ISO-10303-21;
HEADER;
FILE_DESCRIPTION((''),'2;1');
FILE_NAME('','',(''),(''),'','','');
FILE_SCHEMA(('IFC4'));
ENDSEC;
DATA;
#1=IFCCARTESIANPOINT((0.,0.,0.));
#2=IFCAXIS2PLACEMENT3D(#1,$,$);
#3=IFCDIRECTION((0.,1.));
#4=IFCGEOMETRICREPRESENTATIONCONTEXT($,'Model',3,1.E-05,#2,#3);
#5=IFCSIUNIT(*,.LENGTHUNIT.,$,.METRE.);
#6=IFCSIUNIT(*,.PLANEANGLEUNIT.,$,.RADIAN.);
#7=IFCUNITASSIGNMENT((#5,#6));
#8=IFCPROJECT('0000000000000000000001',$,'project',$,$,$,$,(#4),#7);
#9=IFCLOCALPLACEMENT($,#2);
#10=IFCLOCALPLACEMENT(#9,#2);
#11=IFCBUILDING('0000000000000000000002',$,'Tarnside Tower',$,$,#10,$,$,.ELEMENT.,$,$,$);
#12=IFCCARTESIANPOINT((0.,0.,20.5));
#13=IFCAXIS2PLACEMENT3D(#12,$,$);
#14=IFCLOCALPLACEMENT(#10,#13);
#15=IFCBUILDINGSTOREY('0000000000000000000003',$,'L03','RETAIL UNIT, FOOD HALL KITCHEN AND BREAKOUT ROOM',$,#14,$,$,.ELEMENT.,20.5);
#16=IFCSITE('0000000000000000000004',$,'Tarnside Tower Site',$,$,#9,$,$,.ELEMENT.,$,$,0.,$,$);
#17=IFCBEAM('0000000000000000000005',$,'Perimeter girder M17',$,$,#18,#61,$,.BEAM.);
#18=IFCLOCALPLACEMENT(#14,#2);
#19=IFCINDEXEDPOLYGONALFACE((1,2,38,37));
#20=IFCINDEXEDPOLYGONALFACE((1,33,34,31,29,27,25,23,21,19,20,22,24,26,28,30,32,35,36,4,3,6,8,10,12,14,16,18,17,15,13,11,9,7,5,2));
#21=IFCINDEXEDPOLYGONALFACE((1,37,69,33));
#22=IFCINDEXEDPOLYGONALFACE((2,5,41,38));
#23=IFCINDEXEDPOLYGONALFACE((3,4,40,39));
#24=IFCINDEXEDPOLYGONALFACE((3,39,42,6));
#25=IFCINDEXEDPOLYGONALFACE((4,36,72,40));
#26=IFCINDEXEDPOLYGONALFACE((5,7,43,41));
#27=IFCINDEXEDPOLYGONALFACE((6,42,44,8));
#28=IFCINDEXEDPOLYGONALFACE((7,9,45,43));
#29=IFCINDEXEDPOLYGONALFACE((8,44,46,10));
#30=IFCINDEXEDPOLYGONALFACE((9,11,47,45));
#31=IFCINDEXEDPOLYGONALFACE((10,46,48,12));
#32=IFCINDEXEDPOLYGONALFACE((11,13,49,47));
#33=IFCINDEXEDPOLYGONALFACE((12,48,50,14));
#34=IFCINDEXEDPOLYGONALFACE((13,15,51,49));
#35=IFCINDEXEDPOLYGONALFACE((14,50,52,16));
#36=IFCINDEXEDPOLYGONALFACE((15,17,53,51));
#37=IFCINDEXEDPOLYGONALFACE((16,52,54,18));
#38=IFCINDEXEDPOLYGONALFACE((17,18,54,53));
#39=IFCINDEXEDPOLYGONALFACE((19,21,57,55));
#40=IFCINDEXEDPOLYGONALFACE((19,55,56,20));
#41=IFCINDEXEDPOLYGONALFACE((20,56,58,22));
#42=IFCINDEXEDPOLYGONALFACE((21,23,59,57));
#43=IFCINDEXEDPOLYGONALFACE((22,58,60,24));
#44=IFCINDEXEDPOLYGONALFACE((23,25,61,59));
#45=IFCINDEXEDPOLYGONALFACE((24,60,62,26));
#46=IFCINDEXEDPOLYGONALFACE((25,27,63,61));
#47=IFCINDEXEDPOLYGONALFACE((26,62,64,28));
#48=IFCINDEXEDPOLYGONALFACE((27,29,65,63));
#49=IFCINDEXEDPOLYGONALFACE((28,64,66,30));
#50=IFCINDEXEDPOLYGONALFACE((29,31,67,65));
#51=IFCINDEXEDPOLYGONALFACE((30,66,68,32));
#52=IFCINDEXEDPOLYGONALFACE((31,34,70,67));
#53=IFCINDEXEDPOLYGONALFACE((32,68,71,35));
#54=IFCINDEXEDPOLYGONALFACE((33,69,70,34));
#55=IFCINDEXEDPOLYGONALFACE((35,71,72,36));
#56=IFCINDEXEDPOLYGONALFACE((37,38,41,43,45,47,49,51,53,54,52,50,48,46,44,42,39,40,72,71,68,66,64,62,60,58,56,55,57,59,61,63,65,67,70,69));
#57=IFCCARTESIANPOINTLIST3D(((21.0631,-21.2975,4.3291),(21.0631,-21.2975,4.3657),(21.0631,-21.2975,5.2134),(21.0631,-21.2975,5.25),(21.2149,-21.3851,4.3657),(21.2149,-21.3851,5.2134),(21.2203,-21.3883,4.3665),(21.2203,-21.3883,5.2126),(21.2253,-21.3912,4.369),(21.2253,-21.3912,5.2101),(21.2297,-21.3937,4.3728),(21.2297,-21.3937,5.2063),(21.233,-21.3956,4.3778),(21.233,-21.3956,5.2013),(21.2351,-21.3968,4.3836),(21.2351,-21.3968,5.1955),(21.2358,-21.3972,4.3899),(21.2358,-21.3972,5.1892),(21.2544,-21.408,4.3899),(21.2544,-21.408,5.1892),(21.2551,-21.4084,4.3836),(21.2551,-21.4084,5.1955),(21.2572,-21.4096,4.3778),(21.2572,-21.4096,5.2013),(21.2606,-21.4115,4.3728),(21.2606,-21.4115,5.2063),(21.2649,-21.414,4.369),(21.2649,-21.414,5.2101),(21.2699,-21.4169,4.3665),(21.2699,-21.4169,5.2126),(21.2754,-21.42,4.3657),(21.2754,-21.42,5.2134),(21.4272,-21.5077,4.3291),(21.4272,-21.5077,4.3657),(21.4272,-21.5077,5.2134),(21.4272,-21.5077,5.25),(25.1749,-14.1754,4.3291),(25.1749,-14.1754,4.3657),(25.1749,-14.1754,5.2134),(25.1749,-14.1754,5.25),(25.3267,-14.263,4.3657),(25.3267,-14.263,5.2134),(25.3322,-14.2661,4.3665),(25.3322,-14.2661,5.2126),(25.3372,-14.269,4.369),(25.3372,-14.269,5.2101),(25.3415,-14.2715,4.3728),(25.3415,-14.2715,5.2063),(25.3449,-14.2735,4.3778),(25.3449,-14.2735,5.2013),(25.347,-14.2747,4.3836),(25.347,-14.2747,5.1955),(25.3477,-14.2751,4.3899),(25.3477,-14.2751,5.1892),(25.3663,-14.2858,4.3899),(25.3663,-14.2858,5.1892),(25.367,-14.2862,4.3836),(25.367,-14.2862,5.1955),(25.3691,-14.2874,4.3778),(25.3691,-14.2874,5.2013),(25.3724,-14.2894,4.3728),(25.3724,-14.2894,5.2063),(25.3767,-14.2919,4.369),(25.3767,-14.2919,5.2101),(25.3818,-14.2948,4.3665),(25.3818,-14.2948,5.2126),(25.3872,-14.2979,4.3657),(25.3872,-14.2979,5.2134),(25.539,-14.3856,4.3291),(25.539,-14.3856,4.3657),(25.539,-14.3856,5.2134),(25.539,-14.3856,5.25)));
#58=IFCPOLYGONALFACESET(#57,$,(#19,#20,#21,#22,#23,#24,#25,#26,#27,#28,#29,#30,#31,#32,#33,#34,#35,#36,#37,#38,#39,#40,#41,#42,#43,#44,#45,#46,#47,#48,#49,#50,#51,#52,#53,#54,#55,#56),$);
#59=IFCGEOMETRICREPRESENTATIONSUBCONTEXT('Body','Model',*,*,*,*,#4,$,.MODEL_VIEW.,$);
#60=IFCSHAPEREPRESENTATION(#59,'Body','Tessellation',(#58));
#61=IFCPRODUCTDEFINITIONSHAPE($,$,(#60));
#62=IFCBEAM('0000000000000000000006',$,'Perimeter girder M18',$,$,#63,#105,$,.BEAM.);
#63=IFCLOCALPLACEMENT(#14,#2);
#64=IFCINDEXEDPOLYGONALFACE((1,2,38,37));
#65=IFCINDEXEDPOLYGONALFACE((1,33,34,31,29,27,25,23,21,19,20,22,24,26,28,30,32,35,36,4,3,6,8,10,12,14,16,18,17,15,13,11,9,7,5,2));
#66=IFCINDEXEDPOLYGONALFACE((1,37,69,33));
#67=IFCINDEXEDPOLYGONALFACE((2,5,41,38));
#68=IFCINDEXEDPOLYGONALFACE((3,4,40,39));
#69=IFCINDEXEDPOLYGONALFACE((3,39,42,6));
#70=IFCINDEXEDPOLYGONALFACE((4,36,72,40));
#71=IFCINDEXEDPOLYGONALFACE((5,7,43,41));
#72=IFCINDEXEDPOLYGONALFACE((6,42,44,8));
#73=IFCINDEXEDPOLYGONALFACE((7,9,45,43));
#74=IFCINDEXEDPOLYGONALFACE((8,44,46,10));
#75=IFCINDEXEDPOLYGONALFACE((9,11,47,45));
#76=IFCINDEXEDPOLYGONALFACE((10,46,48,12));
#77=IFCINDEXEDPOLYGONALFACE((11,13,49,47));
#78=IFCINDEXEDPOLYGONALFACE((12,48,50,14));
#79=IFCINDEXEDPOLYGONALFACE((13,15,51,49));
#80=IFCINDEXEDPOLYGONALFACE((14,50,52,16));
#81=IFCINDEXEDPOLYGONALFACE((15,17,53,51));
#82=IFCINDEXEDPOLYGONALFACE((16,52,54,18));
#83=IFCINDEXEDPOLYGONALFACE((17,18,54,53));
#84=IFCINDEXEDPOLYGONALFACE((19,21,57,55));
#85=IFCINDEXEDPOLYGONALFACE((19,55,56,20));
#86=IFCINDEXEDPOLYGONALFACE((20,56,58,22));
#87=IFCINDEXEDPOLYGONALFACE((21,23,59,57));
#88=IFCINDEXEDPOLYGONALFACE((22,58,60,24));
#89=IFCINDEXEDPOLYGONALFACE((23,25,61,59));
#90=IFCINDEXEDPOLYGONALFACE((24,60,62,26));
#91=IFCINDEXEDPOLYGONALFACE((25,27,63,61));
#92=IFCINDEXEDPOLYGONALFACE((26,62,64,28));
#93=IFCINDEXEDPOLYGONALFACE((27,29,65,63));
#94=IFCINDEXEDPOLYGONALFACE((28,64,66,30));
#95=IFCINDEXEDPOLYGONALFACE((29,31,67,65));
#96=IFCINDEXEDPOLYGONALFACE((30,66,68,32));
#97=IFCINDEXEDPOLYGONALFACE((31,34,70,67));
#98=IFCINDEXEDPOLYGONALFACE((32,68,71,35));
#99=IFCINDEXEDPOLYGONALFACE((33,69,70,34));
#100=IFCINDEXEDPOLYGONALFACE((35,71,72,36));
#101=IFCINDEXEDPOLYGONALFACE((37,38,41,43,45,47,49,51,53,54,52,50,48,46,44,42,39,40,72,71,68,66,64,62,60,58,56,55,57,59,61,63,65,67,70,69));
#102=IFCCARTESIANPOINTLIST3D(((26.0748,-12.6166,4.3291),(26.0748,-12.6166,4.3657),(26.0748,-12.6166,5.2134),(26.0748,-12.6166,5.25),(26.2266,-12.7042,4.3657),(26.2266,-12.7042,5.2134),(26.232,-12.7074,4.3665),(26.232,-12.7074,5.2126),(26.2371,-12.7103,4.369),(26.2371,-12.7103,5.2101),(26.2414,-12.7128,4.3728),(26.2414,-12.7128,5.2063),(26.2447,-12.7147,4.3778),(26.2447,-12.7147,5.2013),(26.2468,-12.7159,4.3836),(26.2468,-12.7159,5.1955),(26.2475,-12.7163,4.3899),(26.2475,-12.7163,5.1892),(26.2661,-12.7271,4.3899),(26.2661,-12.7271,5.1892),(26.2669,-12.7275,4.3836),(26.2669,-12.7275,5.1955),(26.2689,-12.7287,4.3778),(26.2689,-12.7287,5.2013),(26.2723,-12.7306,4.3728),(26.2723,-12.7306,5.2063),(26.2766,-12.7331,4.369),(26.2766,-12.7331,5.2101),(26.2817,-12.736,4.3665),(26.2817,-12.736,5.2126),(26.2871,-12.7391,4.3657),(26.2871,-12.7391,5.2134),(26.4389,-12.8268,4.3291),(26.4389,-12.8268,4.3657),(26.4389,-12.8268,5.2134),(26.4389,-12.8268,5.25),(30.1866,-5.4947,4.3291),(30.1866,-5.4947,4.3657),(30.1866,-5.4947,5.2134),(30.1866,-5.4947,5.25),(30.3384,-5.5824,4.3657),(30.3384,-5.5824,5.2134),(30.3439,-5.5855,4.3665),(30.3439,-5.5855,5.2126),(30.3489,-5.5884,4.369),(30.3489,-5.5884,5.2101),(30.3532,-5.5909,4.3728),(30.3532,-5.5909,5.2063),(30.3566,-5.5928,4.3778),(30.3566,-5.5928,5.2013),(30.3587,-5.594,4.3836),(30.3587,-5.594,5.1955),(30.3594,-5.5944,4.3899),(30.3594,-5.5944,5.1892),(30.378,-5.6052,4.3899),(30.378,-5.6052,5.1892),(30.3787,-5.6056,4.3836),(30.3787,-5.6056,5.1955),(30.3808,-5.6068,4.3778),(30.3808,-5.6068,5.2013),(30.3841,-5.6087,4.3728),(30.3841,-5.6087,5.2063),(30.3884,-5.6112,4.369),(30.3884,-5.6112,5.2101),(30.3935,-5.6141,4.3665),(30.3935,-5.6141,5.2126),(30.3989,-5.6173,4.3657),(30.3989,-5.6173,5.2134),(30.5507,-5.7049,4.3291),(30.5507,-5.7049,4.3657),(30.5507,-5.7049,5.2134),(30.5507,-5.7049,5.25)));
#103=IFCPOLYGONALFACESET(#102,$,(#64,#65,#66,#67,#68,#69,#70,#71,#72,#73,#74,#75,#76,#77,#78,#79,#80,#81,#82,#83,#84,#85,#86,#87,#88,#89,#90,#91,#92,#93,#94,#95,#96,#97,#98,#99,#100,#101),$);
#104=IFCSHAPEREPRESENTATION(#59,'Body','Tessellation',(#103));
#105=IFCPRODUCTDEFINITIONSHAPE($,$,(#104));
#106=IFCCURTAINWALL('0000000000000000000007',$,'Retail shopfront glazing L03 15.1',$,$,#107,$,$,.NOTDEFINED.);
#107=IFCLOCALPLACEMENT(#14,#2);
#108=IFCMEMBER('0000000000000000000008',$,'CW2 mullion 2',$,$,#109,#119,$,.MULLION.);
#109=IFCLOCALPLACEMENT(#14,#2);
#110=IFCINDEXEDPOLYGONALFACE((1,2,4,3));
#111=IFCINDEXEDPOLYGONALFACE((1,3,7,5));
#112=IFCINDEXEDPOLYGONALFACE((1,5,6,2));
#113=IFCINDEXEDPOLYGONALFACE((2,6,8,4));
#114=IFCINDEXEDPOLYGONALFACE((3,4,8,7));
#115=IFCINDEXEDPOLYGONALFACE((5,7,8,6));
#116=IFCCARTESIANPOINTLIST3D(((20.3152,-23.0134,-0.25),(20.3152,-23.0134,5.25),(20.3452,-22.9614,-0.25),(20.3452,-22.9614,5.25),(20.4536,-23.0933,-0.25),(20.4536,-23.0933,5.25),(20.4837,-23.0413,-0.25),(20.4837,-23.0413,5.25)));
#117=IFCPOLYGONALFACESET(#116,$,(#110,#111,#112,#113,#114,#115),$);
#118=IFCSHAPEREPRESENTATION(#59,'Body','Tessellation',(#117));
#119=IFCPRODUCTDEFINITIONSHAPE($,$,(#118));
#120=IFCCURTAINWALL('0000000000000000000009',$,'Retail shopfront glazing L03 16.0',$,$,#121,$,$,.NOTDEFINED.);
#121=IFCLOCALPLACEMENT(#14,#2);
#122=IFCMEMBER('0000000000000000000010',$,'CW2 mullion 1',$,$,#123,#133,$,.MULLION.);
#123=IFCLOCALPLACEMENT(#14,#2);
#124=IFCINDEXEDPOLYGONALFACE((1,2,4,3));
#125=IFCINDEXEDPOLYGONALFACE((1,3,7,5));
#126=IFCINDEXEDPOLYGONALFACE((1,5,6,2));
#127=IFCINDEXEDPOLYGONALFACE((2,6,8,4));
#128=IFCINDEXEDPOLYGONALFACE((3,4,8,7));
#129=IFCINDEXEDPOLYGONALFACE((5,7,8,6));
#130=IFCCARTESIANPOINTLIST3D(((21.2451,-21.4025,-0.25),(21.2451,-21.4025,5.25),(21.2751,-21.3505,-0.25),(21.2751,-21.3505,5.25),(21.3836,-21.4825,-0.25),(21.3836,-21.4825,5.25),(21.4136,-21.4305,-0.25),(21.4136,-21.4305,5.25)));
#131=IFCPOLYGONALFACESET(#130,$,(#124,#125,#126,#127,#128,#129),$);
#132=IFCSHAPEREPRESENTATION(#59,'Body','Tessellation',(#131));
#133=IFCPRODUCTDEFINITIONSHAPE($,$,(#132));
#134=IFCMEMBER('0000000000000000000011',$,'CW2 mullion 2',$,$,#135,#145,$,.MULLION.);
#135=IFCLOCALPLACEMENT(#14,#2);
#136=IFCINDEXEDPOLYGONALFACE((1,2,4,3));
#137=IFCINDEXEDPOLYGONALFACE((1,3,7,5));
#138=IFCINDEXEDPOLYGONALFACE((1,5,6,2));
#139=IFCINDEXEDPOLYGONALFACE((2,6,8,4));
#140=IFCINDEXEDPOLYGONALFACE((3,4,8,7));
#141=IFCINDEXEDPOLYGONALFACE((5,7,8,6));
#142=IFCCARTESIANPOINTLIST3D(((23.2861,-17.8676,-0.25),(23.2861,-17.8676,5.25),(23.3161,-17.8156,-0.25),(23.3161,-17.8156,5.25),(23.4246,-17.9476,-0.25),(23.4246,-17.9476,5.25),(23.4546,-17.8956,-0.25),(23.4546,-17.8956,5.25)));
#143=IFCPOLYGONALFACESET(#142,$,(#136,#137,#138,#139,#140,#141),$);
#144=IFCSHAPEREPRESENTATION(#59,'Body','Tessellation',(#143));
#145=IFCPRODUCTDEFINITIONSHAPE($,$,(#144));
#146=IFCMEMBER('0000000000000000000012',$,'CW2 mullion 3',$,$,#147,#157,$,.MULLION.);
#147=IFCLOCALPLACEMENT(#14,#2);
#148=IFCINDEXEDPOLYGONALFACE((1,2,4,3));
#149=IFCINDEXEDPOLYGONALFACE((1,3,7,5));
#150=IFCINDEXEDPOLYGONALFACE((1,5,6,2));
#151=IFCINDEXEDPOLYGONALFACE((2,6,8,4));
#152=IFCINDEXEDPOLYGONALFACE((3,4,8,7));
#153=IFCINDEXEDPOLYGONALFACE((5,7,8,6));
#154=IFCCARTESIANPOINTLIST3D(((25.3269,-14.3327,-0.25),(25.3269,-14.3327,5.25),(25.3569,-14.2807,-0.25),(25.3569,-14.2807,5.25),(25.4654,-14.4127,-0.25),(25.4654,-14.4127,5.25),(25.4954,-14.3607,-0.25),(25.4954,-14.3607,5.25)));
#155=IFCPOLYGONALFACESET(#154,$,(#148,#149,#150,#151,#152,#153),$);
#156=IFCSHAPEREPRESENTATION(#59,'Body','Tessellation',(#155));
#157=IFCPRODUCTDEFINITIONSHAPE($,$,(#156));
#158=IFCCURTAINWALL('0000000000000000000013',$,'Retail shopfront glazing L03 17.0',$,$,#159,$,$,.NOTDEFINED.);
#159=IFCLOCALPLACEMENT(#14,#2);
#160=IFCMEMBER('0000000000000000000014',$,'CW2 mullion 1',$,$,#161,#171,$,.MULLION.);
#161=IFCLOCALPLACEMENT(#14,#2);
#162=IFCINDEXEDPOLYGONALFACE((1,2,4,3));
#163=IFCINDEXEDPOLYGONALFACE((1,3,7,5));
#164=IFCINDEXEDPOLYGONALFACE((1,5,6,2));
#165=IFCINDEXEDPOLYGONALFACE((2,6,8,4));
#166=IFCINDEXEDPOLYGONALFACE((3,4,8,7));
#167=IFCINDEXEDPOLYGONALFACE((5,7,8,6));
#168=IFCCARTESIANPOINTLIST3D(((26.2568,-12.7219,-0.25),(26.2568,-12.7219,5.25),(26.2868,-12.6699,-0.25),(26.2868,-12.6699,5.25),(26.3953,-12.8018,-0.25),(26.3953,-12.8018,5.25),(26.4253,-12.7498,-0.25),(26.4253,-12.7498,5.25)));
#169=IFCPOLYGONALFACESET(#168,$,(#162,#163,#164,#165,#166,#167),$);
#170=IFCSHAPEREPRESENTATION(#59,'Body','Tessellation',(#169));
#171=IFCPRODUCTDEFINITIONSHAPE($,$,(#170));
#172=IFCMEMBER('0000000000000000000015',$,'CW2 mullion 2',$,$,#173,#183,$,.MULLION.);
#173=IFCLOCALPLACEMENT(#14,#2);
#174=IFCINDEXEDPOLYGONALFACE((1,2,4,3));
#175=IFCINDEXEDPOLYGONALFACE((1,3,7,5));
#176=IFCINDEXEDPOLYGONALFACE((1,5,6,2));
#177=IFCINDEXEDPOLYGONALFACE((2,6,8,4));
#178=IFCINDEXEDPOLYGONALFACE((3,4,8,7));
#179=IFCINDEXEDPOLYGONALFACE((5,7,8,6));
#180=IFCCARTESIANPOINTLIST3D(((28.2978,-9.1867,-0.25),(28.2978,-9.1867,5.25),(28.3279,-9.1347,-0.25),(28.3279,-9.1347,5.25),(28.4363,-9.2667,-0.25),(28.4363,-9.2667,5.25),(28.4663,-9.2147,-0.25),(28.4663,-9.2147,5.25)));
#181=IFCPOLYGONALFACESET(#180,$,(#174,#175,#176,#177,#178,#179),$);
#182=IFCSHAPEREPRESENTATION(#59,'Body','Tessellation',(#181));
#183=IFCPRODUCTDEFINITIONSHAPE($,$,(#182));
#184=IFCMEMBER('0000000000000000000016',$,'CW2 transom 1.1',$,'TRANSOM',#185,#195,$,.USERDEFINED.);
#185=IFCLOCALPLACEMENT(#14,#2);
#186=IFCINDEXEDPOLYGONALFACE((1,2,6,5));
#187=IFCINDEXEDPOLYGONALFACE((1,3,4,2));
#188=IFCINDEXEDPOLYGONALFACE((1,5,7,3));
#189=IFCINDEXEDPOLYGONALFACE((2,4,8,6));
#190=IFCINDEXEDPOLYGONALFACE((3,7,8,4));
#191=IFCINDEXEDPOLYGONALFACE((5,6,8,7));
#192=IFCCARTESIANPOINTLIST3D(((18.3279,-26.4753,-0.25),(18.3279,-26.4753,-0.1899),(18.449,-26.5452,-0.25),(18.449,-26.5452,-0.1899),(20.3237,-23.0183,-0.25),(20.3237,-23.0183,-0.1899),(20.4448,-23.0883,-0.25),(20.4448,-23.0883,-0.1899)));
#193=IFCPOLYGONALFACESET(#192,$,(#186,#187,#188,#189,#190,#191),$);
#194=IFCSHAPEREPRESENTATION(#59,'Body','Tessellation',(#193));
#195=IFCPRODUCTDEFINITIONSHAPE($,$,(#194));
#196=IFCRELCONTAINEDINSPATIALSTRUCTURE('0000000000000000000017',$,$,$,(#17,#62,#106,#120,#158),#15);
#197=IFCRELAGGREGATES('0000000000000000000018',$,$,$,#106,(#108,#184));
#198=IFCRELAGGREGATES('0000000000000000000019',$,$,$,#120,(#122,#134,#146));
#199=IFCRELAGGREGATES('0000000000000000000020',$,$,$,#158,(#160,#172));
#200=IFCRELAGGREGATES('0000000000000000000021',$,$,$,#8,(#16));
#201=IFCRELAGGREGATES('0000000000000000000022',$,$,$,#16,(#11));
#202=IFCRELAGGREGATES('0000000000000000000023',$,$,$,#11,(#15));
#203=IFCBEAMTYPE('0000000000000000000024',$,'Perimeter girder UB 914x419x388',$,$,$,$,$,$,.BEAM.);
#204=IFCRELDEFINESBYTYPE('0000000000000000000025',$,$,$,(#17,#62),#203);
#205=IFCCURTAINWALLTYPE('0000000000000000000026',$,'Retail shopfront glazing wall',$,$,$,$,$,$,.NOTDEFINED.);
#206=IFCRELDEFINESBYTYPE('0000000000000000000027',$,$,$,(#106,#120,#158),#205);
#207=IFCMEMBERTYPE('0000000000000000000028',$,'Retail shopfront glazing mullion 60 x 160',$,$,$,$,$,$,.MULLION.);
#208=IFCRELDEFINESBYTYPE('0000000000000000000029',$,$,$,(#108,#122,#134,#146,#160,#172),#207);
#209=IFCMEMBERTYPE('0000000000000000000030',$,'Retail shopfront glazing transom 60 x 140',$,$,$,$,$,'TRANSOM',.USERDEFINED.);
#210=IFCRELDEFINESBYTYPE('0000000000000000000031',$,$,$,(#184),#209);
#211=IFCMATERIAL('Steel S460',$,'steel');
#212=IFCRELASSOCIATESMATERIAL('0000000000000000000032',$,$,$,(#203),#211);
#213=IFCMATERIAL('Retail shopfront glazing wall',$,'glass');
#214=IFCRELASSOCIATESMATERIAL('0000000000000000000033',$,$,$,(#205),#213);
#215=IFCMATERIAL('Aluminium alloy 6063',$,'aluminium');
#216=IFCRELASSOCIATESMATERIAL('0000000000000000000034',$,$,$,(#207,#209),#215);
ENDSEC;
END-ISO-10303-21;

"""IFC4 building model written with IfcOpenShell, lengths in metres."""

from ifc_helpers import new_model, si_unit, direction, frame, origin, origin_2d, place, context, subcontext, project, spatial, rectangle, i_section, extrude, material, material_profile, profile_set, type_object, element, aggregate, save


model = new_model("IFC4")

# Units and contexts
model_context = context("Model", 3, precision=1e-05, world=origin(), true_north=direction((0.0, 1.0)))
body_context = subcontext(model_context, "Body", "Model", "MODEL_VIEW")
ifc_project = project(units=[si_unit("LENGTHUNIT", "METRE"), si_unit("PLANEANGLEUNIT", "RADIAN")], contexts=[model_context])

# Site, building, storey
site_placement = place(None, origin())
site = spatial("IfcSite", under=ifc_project, at=site_placement, Name="Tarnside Tower Site", CompositionType="ELEMENT", RefElevation=0.0)
building_placement = place(site_placement, origin())
building = spatial("IfcBuilding", under=site, at=building_placement, Name="Tarnside Tower", CompositionType="ELEMENT")
storey_placement = place(building_placement, frame((0.0, 0.0, 20.5)))
storey = spatial("IfcBuildingStorey", under=building, at=storey_placement, Name="L03", Description="RETAIL UNIT, FOOD HALL KITCHEN AND BREAKOUT ROOM", CompositionType="ELEMENT", Elevation=20.5)

# Shared definitions
ifc_material_1 = material(Name="Steel S460", Category="steel")

# Beams
ifc_material_profile_1 = material_profile(ifc_material_1, i_section(OverallWidth=0.4204, OverallDepth=0.9209, WebThickness=0.0215, FlangeThickness=0.0366, FilletRadius=0.0242, at=origin_2d()), Name="UB 914x419x388")
ifc_profile_set_1 = profile_set([ifc_material_profile_1], Name="Steel S460")
beam_type_1 = type_object("IfcBeamType", Name="Perimeter girder UB 914x419x388", PredefinedType="BEAM", material=ifc_profile_set_1)
beam_1_placement = place(storey_placement, frame((21.2451, -21.4026, 4.7896), z_axis=(0.49999, 0.866031, 0.0), x_axis=(-0.866031, 0.49999, 0.0)))
element("IfcBeam", 1, at=beam_1_placement, inside=storey, type_object=beam_type_1, Name="Perimeter girder M17", PredefinedType="BEAM", context=body_context, shape_type="SweptSolid", body=[
    extrude(i_section(OverallWidth=0.4204, OverallDepth=0.9209, WebThickness=0.0215, FlangeThickness=0.0366, FilletRadius=0.0242, at=origin_2d()), origin(), (0.0, 0.0, 1.0), 8.2239),
])
beam_2_placement = place(storey_placement, frame((26.2568, -12.7217, 4.7896), z_axis=(0.500003, 0.866024, 0.0), x_axis=(-0.866024, 0.500003, 0.0)))
element("IfcBeam", 2, at=beam_2_placement, inside=storey, type_object=beam_type_1, Name="Perimeter girder M18", PredefinedType="BEAM", context=body_context, shape_type="SweptSolid", body=[
    extrude(i_section(OverallWidth=0.4204, OverallDepth=0.9209, WebThickness=0.0215, FlangeThickness=0.0366, FilletRadius=0.0242, at=origin_2d()), origin(), (0.0, 0.0, 1.0), 8.2236),
])

# Curtain wall, member
ifc_material_2 = material(Name="Retail shopfront glazing wall", Category="glass")
curtain_wall_type = type_object("IfcCurtainWallType", Name="Retail shopfront glazing wall", PredefinedType="NOTDEFINED", material=ifc_material_2)
curtain_wall_1_placement = place(storey_placement, origin())
curtain_wall_1 = element("IfcCurtainWall", 3, at=curtain_wall_1_placement, inside=storey, type_object=curtain_wall_type, Name="Retail shopfront glazing L03 15.1", PredefinedType="NOTDEFINED")
ifc_material_3 = material(Name="Aluminium alloy 6063", Category="aluminium")
ifc_material_profile_2 = material_profile(ifc_material_3, rectangle(XDim=0.1599, YDim=0.0601, at=origin_2d()), Name="Retail shopfront glazing mullion 60 x 160")
ifc_profile_set_2 = profile_set([ifc_material_profile_2], Name="Aluminium alloy 6063")
member_type_1 = type_object("IfcMemberType", Name="Retail shopfront glazing mullion 60 x 160", PredefinedType="MULLION", material=ifc_profile_set_2)
member_1_placement = place(storey_placement, frame((20.3994, -23.0273, -0.25), z_axis=(0.0, 0.0, 1.0), x_axis=(-0.866025, 0.5, 0.0)))
member_1 = element("IfcMember", 4, at=member_1_placement, type_object=member_type_1, Name="CW2 mullion 2", PredefinedType="MULLION", context=body_context, shape_type="SweptSolid", body=[
    extrude(rectangle(XDim=0.1599, YDim=0.0601, at=origin_2d()), origin(), (0.0, 0.0, 1.0), 5.5),
])

# Curtain walls, members
curtain_wall_2_placement = place(storey_placement, origin())
curtain_wall_2 = element("IfcCurtainWall", 5, at=curtain_wall_2_placement, inside=storey, type_object=curtain_wall_type, Name="Retail shopfront glazing L03 16.0", PredefinedType="NOTDEFINED")
member_2_placement = place(storey_placement, frame((21.3293, -21.4165, -0.25), z_axis=(0.0, 0.0, 1.0), x_axis=(-0.866025, 0.5, 0.0)))
member_2 = element("IfcMember", 6, at=member_2_placement, type_object=member_type_1, Name="CW2 mullion 1", PredefinedType="MULLION", context=body_context, shape_type="SweptSolid", body=[
    extrude(rectangle(XDim=0.1599, YDim=0.0601, at=origin_2d()), origin(), (0.0, 0.0, 1.0), 5.5),
])
member_3_placement = place(storey_placement, frame((23.3704, -17.8816, -0.25), z_axis=(0.0, 0.0, 1.0), x_axis=(-0.866025, 0.5, 0.0)))
member_3 = element("IfcMember", 7, at=member_3_placement, type_object=member_type_1, Name="CW2 mullion 2", PredefinedType="MULLION", context=body_context, shape_type="SweptSolid", body=[
    extrude(rectangle(XDim=0.1599, YDim=0.0601, at=origin_2d()), origin(), (0.0, 0.0, 1.0), 5.5),
])
member_4_placement = place(storey_placement, frame((25.4111, -14.3467, -0.25), z_axis=(0.0, 0.0, 1.0), x_axis=(-0.866025, 0.5, 0.0)))
member_4 = element("IfcMember", 8, at=member_4_placement, type_object=member_type_1, Name="CW2 mullion 3", PredefinedType="MULLION", context=body_context, shape_type="SweptSolid", body=[
    extrude(rectangle(XDim=0.1599, YDim=0.0601, at=origin_2d()), origin(), (0.0, 0.0, 1.0), 5.5),
])
curtain_wall_3_placement = place(storey_placement, origin())
curtain_wall_3 = element("IfcCurtainWall", 9, at=curtain_wall_3_placement, inside=storey, type_object=curtain_wall_type, Name="Retail shopfront glazing L03 17.0", PredefinedType="NOTDEFINED")
member_5_placement = place(storey_placement, frame((26.3411, -12.7358, -0.25), z_axis=(0.0, 0.0, 1.0), x_axis=(-0.866025, 0.5, 0.0)))
member_5 = element("IfcMember", 10, at=member_5_placement, type_object=member_type_1, Name="CW2 mullion 1", PredefinedType="MULLION", context=body_context, shape_type="SweptSolid", body=[
    extrude(rectangle(XDim=0.1599, YDim=0.0601, at=origin_2d()), origin(), (0.0, 0.0, 1.0), 5.5),
])
member_6_placement = place(storey_placement, frame((28.3821, -9.2007, -0.25), z_axis=(0.0, 0.0, 1.0), x_axis=(-0.866025, 0.5, 0.0)))
member_6 = element("IfcMember", 11, at=member_6_placement, type_object=member_type_1, Name="CW2 mullion 2", PredefinedType="MULLION", context=body_context, shape_type="SweptSolid", body=[
    extrude(rectangle(XDim=0.1599, YDim=0.0601, at=origin_2d()), origin(), (0.0, 0.0, 1.0), 5.5),
])

# Member
ifc_material_profile_3 = material_profile(ifc_material_3, rectangle(XDim=0.1399, YDim=0.0601, at=origin_2d()), Name="Retail shopfront glazing transom 60 x 140")
ifc_profile_set_3 = profile_set([ifc_material_profile_3], Name="Aluminium alloy 6063")
member_type_2 = type_object("IfcMemberType", Name="Retail shopfront glazing transom 60 x 140", ElementType="TRANSOM", PredefinedType="USERDEFINED", material=ifc_profile_set_3)
member_7_placement = place(storey_placement, frame((18.3884, -26.5103, -0.22), z_axis=(0.499987, 0.866033, 0.0), x_axis=(-0.866033, 0.499987, 0.0)))
member_7 = element("IfcMember", 12, at=member_7_placement, type_object=member_type_2, Name="CW2 transom 1.1", ObjectType="TRANSOM", PredefinedType="USERDEFINED", context=body_context, shape_type="SweptSolid", body=[
    extrude(rectangle(XDim=0.1399, YDim=0.0601, at=origin_2d()), origin(), (0.0, 0.0, 1.0), 3.9917),
])

aggregate(curtain_wall_1, [member_1, member_7])
aggregate(curtain_wall_2, [member_2, member_3, member_4])
aggregate(curtain_wall_3, [member_5, member_6])

save(model, "model.ifc")
